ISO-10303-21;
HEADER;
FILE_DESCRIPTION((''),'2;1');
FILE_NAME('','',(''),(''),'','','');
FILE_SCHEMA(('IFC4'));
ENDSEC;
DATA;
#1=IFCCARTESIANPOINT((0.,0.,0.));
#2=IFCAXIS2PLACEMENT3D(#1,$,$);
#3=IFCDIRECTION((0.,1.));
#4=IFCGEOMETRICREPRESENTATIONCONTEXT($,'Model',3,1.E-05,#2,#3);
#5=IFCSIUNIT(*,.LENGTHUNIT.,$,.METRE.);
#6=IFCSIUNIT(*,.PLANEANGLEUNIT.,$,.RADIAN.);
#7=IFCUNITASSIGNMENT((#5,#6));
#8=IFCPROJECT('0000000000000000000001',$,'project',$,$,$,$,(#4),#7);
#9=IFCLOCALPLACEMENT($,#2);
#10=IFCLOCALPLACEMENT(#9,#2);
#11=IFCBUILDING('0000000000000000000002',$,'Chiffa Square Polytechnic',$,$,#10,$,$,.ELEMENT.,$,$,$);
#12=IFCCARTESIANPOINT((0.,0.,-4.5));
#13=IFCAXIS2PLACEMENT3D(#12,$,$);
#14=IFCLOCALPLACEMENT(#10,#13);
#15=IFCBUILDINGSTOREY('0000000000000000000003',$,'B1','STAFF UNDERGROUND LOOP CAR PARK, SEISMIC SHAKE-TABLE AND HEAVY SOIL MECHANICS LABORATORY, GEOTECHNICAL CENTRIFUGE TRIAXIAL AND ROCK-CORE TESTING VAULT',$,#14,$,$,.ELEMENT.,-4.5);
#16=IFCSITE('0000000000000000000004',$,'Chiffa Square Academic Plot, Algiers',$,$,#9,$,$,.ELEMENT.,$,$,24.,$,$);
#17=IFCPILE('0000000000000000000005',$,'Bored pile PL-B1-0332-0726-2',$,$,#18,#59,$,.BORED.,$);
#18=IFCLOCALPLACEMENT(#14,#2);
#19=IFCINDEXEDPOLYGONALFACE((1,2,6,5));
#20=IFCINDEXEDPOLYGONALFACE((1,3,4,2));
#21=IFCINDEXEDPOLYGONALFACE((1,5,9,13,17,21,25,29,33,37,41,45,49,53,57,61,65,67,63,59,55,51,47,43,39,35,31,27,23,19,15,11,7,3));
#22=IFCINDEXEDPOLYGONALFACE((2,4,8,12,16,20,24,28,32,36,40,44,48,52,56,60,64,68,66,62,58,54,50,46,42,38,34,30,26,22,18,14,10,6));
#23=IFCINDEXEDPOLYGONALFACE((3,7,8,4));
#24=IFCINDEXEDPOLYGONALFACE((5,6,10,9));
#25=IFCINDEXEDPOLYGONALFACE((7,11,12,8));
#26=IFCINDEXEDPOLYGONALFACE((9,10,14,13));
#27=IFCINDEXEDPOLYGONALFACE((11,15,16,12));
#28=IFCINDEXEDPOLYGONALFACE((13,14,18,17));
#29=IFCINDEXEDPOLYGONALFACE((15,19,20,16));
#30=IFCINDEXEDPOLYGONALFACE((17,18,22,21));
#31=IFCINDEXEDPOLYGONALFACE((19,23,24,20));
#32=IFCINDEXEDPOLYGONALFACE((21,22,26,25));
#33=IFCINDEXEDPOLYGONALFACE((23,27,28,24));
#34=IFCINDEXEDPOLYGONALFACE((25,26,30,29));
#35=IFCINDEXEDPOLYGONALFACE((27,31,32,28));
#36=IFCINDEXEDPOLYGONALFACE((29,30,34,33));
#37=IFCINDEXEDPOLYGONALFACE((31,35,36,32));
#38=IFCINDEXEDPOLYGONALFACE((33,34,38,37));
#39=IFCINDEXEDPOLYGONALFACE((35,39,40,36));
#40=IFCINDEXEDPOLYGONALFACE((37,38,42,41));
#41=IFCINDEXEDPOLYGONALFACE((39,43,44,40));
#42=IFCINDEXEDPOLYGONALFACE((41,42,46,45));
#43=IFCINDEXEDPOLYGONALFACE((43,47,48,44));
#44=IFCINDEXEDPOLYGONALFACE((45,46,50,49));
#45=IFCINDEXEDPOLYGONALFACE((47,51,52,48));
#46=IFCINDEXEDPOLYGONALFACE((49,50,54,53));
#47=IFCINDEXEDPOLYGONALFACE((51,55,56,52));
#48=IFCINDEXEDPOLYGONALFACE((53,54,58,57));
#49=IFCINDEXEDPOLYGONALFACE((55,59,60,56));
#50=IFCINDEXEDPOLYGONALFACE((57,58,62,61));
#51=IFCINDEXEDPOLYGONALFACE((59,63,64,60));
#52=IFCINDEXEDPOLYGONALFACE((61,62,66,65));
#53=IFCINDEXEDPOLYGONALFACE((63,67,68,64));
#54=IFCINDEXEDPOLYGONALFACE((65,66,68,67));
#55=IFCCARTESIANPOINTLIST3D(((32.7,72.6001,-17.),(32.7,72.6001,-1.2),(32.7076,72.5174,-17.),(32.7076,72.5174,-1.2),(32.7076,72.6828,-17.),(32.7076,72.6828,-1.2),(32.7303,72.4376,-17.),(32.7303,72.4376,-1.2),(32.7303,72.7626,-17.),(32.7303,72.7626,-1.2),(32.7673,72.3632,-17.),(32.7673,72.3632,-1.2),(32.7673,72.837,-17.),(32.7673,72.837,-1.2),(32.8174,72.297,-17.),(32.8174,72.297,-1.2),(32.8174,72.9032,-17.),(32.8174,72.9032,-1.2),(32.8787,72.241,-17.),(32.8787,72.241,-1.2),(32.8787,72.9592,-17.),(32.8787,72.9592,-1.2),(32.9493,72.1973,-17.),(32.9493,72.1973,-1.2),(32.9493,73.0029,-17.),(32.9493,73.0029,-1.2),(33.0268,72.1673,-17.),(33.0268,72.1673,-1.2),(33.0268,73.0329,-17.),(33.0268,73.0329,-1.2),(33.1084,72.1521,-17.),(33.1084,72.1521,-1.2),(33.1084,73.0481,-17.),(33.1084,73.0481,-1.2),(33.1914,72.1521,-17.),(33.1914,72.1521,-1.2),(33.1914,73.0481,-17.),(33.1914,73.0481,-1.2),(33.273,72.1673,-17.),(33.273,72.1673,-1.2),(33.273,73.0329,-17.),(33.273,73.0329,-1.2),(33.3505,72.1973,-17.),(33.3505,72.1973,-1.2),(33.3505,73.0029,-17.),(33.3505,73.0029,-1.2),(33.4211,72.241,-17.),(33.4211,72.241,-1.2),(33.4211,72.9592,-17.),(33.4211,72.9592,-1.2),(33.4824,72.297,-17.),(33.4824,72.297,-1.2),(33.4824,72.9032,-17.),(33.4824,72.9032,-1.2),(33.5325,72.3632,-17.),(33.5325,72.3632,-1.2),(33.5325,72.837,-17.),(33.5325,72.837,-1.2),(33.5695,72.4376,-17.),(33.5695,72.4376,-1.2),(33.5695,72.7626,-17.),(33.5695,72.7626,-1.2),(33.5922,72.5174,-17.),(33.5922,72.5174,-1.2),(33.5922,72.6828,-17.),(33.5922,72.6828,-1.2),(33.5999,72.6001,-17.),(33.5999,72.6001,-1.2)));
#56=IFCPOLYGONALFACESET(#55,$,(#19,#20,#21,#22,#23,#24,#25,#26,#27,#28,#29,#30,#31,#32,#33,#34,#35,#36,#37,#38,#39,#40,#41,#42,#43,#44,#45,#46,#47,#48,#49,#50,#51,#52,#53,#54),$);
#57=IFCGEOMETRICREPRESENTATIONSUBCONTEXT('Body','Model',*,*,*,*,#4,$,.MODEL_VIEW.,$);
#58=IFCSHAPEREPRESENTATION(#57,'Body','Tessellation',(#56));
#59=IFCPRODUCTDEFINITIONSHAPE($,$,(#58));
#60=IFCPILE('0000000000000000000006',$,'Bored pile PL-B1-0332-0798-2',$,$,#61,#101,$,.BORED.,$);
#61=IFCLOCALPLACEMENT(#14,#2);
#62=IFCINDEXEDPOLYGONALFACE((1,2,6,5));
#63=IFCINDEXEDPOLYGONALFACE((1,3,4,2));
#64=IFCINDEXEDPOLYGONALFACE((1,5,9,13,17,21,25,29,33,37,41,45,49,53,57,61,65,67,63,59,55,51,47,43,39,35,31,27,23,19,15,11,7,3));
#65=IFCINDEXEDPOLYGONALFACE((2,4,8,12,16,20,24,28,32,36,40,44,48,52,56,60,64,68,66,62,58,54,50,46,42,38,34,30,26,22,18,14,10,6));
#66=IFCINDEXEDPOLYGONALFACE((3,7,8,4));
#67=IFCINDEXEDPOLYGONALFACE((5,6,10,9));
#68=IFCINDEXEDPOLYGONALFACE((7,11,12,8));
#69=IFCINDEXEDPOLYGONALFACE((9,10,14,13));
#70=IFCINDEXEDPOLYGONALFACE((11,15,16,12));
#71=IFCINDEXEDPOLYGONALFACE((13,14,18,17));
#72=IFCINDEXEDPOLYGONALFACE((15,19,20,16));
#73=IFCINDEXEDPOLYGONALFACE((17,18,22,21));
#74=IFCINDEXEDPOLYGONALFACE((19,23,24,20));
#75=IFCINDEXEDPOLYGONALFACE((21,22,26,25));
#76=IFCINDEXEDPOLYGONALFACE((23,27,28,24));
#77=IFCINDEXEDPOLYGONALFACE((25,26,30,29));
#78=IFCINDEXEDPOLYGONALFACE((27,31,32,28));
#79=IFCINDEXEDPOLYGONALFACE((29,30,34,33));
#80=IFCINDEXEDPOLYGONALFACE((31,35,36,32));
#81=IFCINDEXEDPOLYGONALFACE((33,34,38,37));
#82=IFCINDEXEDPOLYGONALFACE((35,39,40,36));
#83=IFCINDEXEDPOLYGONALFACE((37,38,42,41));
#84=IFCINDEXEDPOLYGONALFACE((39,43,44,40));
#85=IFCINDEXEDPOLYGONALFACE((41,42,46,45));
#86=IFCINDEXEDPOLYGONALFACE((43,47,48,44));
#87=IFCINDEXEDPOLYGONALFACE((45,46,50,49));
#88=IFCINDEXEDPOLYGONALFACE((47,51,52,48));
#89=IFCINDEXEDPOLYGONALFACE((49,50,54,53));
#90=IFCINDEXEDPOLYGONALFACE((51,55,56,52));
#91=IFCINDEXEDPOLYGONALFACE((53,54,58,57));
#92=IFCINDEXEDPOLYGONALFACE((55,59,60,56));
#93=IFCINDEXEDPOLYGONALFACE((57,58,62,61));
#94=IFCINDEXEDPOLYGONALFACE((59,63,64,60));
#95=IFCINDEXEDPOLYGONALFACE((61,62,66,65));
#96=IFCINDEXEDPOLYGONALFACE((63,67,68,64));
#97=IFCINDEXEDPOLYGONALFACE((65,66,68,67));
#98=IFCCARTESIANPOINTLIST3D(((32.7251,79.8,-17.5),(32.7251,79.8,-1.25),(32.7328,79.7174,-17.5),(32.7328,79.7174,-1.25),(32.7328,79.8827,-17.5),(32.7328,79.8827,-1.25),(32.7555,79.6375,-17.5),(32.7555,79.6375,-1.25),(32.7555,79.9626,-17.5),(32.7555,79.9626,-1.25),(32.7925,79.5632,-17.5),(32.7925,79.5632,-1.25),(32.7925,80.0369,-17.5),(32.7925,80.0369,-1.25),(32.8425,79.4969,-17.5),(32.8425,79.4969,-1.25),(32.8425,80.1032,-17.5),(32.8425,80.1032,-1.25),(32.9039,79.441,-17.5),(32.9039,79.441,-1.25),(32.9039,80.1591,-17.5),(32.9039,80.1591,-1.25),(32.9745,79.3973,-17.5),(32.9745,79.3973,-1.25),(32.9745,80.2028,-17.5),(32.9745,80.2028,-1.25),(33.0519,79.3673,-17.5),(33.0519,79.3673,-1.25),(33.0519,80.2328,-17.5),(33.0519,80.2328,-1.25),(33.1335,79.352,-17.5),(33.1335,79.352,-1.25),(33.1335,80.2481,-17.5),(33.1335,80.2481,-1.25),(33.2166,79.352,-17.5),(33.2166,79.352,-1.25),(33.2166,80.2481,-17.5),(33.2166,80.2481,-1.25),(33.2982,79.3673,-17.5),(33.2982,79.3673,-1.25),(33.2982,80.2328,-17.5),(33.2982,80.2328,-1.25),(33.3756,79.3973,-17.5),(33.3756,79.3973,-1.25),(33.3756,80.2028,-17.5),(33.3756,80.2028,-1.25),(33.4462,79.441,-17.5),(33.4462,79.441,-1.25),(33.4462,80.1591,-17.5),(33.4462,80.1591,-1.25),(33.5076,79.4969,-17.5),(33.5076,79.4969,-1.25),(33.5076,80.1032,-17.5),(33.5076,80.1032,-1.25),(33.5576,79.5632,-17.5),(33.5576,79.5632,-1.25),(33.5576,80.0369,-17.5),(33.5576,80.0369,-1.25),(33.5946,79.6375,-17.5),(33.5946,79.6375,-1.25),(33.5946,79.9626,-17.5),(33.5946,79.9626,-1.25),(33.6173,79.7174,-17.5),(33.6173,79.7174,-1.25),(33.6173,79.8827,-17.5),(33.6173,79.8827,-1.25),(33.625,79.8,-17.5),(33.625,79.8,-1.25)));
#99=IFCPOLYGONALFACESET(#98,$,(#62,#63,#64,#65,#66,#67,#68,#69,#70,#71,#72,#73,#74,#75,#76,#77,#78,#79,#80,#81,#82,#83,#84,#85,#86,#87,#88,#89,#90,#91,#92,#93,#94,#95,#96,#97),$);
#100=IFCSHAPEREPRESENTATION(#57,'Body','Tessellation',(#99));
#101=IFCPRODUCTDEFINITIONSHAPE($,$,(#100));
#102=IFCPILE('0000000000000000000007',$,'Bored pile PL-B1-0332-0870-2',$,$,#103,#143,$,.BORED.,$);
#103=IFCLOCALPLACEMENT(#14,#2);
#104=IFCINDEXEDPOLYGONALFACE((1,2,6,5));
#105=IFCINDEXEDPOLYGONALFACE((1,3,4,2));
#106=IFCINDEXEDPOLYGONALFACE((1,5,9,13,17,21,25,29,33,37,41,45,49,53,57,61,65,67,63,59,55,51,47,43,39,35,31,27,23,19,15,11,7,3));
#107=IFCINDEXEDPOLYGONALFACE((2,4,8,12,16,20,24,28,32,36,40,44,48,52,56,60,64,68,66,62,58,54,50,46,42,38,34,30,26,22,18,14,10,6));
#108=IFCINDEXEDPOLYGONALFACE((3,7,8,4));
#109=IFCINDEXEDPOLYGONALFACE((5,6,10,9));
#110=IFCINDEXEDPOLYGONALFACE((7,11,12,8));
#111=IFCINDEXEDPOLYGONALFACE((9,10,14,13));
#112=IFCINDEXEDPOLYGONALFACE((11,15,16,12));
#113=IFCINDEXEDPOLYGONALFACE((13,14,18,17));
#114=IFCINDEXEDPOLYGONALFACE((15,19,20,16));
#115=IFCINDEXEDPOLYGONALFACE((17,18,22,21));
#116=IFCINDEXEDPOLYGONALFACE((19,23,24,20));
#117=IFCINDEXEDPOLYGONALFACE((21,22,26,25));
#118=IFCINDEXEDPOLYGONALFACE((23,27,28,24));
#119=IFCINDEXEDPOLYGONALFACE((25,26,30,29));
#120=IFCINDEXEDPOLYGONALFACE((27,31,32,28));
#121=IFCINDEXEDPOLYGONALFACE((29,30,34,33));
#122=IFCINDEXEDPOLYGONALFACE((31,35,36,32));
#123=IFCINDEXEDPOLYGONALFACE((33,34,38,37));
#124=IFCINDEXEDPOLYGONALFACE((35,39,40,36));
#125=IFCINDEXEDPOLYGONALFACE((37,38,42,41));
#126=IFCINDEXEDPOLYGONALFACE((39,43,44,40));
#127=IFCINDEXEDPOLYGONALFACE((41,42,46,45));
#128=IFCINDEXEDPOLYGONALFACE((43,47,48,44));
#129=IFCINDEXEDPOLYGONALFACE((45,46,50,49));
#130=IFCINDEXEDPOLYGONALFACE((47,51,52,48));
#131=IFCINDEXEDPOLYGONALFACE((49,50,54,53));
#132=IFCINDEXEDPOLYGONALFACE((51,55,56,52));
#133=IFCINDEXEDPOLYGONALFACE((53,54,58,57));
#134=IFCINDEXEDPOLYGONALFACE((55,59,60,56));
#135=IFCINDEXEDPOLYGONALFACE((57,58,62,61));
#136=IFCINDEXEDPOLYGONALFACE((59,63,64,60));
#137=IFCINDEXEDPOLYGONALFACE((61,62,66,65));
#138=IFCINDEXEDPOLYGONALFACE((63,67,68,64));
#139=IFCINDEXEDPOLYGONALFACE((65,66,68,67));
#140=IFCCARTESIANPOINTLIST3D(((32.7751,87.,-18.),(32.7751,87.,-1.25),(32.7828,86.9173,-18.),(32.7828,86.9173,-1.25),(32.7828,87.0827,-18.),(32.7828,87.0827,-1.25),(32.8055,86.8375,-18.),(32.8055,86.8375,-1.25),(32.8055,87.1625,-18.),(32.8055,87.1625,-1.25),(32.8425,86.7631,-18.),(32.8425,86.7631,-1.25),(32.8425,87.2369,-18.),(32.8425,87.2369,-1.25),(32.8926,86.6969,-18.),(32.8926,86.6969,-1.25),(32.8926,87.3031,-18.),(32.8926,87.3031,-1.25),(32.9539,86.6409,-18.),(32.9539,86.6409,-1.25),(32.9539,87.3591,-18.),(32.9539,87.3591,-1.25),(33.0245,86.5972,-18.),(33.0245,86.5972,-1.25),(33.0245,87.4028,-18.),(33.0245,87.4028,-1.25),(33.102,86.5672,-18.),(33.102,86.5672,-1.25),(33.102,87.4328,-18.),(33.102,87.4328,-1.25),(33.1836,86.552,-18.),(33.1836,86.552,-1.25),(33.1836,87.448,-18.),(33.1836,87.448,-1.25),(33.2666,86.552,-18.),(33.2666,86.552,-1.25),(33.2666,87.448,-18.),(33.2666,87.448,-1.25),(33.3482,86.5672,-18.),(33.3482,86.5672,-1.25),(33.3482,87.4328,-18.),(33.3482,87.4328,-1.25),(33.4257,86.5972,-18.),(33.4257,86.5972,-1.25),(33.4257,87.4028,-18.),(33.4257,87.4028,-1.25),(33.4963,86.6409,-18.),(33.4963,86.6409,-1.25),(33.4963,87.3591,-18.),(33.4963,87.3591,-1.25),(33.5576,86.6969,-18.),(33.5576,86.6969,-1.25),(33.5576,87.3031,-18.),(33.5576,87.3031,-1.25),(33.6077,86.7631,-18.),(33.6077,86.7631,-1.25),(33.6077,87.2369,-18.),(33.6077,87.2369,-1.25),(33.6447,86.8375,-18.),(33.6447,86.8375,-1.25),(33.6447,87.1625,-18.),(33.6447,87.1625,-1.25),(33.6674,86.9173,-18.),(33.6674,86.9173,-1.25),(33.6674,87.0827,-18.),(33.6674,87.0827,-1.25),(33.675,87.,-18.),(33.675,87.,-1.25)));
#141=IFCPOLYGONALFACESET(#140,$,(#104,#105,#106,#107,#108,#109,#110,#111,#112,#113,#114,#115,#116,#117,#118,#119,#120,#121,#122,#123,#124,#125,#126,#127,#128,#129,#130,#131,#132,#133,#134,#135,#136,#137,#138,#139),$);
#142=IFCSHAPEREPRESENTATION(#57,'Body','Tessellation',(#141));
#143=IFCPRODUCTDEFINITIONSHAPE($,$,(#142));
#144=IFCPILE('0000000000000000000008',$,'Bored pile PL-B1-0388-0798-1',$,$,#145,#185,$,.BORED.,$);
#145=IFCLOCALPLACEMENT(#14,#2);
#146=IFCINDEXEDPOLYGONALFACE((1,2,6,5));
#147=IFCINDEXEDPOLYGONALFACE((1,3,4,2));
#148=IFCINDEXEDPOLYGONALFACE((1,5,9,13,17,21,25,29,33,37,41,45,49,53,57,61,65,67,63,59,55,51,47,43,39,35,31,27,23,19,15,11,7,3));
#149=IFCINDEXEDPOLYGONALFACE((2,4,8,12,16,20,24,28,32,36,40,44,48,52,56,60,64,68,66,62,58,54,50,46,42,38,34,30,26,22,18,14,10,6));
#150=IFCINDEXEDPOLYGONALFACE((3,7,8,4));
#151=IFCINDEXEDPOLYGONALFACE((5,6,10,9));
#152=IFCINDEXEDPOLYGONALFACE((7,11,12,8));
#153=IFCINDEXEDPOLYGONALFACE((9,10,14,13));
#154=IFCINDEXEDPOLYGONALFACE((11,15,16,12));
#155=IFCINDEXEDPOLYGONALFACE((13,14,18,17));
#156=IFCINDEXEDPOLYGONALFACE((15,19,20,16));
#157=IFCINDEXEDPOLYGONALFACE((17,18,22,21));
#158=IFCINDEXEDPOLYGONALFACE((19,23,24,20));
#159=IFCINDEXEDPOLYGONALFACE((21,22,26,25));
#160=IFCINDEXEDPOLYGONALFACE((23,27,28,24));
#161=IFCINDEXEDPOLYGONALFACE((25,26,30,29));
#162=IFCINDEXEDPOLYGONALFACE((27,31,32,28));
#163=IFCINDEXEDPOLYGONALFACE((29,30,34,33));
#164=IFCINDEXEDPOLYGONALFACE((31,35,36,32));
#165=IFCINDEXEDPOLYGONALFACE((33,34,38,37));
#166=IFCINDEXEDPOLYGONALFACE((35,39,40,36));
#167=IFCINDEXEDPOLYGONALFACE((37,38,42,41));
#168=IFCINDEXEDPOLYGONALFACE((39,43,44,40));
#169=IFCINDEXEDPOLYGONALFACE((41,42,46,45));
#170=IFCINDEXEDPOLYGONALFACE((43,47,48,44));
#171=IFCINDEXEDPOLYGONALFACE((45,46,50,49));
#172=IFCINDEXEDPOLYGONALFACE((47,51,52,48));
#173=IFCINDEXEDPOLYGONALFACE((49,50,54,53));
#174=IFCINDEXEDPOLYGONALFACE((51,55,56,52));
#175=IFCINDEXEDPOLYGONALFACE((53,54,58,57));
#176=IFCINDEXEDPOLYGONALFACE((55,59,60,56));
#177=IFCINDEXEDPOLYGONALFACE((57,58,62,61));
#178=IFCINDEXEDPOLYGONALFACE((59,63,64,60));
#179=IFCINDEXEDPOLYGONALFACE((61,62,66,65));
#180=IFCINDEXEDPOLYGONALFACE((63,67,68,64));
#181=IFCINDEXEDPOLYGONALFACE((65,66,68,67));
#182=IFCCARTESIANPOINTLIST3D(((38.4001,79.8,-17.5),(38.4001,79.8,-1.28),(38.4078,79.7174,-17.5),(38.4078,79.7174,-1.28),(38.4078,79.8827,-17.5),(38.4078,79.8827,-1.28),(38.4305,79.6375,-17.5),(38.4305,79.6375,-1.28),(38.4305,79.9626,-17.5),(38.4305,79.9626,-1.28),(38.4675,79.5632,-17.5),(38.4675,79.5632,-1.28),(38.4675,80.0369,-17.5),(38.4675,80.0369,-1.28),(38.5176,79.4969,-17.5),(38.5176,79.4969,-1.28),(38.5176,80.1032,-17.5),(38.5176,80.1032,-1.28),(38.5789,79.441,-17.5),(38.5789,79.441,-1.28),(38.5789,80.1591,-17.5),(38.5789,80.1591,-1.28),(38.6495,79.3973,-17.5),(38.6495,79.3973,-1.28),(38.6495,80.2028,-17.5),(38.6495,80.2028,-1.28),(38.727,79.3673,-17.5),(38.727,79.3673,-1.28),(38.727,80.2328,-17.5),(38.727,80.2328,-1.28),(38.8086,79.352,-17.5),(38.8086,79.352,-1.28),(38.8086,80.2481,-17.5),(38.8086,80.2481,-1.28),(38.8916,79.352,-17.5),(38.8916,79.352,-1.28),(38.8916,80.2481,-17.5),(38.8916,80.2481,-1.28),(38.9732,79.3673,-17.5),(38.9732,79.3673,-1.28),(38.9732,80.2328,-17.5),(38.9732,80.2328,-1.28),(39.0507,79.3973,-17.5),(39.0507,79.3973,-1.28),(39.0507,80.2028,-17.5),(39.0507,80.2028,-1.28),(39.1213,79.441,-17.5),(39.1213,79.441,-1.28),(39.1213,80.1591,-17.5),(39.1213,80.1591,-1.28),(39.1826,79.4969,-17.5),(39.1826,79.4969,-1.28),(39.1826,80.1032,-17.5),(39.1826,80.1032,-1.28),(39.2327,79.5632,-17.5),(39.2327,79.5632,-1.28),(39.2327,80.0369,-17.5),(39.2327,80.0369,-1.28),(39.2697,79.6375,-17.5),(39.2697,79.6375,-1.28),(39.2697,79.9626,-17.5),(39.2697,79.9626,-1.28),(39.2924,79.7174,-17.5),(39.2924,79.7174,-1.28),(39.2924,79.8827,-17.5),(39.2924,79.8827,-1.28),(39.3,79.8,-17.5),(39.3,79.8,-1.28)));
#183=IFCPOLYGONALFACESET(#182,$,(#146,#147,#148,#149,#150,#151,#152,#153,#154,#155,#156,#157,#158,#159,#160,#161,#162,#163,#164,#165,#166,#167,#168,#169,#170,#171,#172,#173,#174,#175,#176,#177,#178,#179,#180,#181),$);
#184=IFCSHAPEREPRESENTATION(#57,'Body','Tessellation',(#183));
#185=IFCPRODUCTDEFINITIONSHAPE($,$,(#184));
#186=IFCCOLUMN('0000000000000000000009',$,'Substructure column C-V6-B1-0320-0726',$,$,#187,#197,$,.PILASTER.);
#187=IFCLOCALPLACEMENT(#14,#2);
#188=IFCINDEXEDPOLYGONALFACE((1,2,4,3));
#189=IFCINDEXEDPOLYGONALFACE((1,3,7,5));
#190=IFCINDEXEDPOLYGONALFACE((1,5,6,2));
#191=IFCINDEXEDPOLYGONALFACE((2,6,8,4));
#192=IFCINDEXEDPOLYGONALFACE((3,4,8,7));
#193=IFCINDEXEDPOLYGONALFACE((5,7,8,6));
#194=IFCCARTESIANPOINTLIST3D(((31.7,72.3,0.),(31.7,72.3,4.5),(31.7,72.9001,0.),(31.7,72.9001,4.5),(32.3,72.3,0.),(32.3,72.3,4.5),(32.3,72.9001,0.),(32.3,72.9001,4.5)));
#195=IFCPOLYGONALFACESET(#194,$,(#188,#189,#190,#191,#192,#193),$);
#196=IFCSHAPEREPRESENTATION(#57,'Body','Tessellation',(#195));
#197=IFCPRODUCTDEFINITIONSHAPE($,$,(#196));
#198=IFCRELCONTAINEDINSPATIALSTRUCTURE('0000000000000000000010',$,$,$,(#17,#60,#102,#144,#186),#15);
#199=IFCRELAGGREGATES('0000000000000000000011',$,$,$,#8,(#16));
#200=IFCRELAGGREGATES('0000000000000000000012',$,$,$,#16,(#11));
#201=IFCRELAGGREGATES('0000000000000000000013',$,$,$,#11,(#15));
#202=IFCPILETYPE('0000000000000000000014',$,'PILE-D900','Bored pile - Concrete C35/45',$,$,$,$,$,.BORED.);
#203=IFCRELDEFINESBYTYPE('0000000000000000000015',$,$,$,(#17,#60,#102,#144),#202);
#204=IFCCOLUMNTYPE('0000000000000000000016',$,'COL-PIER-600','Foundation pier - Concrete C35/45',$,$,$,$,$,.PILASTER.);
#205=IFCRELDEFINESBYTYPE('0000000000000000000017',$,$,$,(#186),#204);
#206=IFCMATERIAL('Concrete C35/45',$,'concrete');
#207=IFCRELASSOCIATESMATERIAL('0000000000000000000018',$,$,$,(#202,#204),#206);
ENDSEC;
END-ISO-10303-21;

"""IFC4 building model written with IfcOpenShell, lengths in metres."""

from ifc_helpers import new_model, si_unit, direction, frame, origin, origin_2d, place, context, subcontext, project, spatial, rectangle, circle, extrude, material, material_profile, profile_set, type_object, element, save


model = new_model("IFC4")

# Units and contexts
model_context = context("Model", 3, precision=1e-05, world=origin(), true_north=direction((0.0, 1.0)))
body_context = subcontext(model_context, "Body", "Model", "MODEL_VIEW")
ifc_project = project(units=[si_unit("LENGTHUNIT", "METRE"), si_unit("PLANEANGLEUNIT", "RADIAN")], contexts=[model_context])

# Site, building, storey
site_placement = place(None, origin())
site = spatial("IfcSite", under=ifc_project, at=site_placement, Name="Chiffa Square Academic Plot, Algiers", CompositionType="ELEMENT", RefElevation=24.0)
building_placement = place(site_placement, origin())
building = spatial("IfcBuilding", under=site, at=building_placement, Name="Chiffa Square Polytechnic", CompositionType="ELEMENT")
storey_placement = place(building_placement, frame((0.0, 0.0, -4.5)))
storey = spatial("IfcBuildingStorey", under=building, at=storey_placement, Name="B1", Description="STAFF UNDERGROUND LOOP CAR PARK, SEISMIC SHAKE-TABLE AND HEAVY SOIL MECHANICS LABORATORY, GEOTECHNICAL CENTRIFUGE TRIAXIAL AND ROCK-CORE TESTING VAULT", CompositionType="ELEMENT", Elevation=-4.5)

# Shared definitions
ifc_material_1 = material(Name="Concrete C35/45", Category="concrete")

# Piles
ifc_material_profile_1 = material_profile(ifc_material_1, circle(Radius=0.45, at=origin_2d()), Name="PILE D900")
ifc_profile_set_1 = profile_set([ifc_material_profile_1], Name="Concrete C35/45")
pile_type_1 = type_object("IfcPileType", Name="PILE-D900", Description="Bored pile - Concrete C35/45", PredefinedType="BORED", material=ifc_profile_set_1)
pile_1_placement = place(storey_placement, frame((33.1499, 72.6001, -1.2), z_axis=(0.0, 0.0, -1.0), x_axis=(1.0, 0.0, 0.0)))
element("IfcPile", 1, at=pile_1_placement, inside=storey, type_object=pile_type_1, Name="Bored pile PL-B1-0332-0726-2", PredefinedType="BORED", context=body_context, shape_type="SweptSolid", body=[
    extrude(circle(Radius=0.45, at=origin_2d()), origin(), (0.0, 0.0, 1.0), 15.8),
])
pile_2_placement = place(storey_placement, frame((33.175, 79.8, -1.25), z_axis=(0.0, 0.0, -1.0), x_axis=(1.0, 0.0, 0.0)))
element("IfcPile", 2, at=pile_2_placement, inside=storey, type_object=pile_type_1, Name="Bored pile PL-B1-0332-0798-2", PredefinedType="BORED", context=body_context, shape_type="SweptSolid", body=[
    extrude(circle(Radius=0.45, at=origin_2d()), origin(), (0.0, 0.0, 1.0), 16.25),
])
pile_3_placement = place(storey_placement, frame((33.2251, 87.0, -1.25), z_axis=(0.0, 0.0, -1.0), x_axis=(1.0, 0.0, 0.0)))
element("IfcPile", 3, at=pile_3_placement, inside=storey, type_object=pile_type_1, Name="Bored pile PL-B1-0332-0870-2", PredefinedType="BORED", context=body_context, shape_type="SweptSolid", body=[
    extrude(circle(Radius=0.45, at=origin_2d()), origin(), (0.0, 0.0, 1.0), 16.75),
])
pile_4_placement = place(storey_placement, frame((38.8501, 79.8, -1.28), z_axis=(0.0, 0.0, -1.0), x_axis=(1.0, 0.0, 0.0)))
element("IfcPile", 4, at=pile_4_placement, inside=storey, type_object=pile_type_1, Name="Bored pile PL-B1-0388-0798-1", PredefinedType="BORED", context=body_context, shape_type="SweptSolid", body=[
    extrude(circle(Radius=0.45, at=origin_2d()), origin(), (0.0, 0.0, 1.0), 16.22),
])

# Column
ifc_material_profile_2 = material_profile(ifc_material_1, rectangle(XDim=0.6001, YDim=0.6001, at=origin_2d()), Name="RC 600x600")
ifc_profile_set_2 = profile_set([ifc_material_profile_2], Name="Concrete C35/45")
column_type_1 = type_object("IfcColumnType", Name="COL-PIER-600", Description="Foundation pier - Concrete C35/45", PredefinedType="PILASTER", material=ifc_profile_set_2)
for number, where, z_axis, x_axis, name in (
    (5, (32.0, 72.6001, 0.0), (0.0, 0.0, 1.0), (1.0, 0.0, 0.0), "Substructure column C-V6-B1-0320-0726"),
):
    element("IfcColumn", number, at=place(storey_placement, frame(where, z_axis=z_axis, x_axis=x_axis)), inside=storey, type_object=column_type_1, Name=name, PredefinedType="PILASTER", context=body_context, shape_type="SweptSolid", body=[
        extrude(rectangle(XDim=0.6001, YDim=0.6001, at=origin_2d()), origin(), (0.0, 0.0, 1.0), 4.5),
    ])

save(model, "model.ifc")
